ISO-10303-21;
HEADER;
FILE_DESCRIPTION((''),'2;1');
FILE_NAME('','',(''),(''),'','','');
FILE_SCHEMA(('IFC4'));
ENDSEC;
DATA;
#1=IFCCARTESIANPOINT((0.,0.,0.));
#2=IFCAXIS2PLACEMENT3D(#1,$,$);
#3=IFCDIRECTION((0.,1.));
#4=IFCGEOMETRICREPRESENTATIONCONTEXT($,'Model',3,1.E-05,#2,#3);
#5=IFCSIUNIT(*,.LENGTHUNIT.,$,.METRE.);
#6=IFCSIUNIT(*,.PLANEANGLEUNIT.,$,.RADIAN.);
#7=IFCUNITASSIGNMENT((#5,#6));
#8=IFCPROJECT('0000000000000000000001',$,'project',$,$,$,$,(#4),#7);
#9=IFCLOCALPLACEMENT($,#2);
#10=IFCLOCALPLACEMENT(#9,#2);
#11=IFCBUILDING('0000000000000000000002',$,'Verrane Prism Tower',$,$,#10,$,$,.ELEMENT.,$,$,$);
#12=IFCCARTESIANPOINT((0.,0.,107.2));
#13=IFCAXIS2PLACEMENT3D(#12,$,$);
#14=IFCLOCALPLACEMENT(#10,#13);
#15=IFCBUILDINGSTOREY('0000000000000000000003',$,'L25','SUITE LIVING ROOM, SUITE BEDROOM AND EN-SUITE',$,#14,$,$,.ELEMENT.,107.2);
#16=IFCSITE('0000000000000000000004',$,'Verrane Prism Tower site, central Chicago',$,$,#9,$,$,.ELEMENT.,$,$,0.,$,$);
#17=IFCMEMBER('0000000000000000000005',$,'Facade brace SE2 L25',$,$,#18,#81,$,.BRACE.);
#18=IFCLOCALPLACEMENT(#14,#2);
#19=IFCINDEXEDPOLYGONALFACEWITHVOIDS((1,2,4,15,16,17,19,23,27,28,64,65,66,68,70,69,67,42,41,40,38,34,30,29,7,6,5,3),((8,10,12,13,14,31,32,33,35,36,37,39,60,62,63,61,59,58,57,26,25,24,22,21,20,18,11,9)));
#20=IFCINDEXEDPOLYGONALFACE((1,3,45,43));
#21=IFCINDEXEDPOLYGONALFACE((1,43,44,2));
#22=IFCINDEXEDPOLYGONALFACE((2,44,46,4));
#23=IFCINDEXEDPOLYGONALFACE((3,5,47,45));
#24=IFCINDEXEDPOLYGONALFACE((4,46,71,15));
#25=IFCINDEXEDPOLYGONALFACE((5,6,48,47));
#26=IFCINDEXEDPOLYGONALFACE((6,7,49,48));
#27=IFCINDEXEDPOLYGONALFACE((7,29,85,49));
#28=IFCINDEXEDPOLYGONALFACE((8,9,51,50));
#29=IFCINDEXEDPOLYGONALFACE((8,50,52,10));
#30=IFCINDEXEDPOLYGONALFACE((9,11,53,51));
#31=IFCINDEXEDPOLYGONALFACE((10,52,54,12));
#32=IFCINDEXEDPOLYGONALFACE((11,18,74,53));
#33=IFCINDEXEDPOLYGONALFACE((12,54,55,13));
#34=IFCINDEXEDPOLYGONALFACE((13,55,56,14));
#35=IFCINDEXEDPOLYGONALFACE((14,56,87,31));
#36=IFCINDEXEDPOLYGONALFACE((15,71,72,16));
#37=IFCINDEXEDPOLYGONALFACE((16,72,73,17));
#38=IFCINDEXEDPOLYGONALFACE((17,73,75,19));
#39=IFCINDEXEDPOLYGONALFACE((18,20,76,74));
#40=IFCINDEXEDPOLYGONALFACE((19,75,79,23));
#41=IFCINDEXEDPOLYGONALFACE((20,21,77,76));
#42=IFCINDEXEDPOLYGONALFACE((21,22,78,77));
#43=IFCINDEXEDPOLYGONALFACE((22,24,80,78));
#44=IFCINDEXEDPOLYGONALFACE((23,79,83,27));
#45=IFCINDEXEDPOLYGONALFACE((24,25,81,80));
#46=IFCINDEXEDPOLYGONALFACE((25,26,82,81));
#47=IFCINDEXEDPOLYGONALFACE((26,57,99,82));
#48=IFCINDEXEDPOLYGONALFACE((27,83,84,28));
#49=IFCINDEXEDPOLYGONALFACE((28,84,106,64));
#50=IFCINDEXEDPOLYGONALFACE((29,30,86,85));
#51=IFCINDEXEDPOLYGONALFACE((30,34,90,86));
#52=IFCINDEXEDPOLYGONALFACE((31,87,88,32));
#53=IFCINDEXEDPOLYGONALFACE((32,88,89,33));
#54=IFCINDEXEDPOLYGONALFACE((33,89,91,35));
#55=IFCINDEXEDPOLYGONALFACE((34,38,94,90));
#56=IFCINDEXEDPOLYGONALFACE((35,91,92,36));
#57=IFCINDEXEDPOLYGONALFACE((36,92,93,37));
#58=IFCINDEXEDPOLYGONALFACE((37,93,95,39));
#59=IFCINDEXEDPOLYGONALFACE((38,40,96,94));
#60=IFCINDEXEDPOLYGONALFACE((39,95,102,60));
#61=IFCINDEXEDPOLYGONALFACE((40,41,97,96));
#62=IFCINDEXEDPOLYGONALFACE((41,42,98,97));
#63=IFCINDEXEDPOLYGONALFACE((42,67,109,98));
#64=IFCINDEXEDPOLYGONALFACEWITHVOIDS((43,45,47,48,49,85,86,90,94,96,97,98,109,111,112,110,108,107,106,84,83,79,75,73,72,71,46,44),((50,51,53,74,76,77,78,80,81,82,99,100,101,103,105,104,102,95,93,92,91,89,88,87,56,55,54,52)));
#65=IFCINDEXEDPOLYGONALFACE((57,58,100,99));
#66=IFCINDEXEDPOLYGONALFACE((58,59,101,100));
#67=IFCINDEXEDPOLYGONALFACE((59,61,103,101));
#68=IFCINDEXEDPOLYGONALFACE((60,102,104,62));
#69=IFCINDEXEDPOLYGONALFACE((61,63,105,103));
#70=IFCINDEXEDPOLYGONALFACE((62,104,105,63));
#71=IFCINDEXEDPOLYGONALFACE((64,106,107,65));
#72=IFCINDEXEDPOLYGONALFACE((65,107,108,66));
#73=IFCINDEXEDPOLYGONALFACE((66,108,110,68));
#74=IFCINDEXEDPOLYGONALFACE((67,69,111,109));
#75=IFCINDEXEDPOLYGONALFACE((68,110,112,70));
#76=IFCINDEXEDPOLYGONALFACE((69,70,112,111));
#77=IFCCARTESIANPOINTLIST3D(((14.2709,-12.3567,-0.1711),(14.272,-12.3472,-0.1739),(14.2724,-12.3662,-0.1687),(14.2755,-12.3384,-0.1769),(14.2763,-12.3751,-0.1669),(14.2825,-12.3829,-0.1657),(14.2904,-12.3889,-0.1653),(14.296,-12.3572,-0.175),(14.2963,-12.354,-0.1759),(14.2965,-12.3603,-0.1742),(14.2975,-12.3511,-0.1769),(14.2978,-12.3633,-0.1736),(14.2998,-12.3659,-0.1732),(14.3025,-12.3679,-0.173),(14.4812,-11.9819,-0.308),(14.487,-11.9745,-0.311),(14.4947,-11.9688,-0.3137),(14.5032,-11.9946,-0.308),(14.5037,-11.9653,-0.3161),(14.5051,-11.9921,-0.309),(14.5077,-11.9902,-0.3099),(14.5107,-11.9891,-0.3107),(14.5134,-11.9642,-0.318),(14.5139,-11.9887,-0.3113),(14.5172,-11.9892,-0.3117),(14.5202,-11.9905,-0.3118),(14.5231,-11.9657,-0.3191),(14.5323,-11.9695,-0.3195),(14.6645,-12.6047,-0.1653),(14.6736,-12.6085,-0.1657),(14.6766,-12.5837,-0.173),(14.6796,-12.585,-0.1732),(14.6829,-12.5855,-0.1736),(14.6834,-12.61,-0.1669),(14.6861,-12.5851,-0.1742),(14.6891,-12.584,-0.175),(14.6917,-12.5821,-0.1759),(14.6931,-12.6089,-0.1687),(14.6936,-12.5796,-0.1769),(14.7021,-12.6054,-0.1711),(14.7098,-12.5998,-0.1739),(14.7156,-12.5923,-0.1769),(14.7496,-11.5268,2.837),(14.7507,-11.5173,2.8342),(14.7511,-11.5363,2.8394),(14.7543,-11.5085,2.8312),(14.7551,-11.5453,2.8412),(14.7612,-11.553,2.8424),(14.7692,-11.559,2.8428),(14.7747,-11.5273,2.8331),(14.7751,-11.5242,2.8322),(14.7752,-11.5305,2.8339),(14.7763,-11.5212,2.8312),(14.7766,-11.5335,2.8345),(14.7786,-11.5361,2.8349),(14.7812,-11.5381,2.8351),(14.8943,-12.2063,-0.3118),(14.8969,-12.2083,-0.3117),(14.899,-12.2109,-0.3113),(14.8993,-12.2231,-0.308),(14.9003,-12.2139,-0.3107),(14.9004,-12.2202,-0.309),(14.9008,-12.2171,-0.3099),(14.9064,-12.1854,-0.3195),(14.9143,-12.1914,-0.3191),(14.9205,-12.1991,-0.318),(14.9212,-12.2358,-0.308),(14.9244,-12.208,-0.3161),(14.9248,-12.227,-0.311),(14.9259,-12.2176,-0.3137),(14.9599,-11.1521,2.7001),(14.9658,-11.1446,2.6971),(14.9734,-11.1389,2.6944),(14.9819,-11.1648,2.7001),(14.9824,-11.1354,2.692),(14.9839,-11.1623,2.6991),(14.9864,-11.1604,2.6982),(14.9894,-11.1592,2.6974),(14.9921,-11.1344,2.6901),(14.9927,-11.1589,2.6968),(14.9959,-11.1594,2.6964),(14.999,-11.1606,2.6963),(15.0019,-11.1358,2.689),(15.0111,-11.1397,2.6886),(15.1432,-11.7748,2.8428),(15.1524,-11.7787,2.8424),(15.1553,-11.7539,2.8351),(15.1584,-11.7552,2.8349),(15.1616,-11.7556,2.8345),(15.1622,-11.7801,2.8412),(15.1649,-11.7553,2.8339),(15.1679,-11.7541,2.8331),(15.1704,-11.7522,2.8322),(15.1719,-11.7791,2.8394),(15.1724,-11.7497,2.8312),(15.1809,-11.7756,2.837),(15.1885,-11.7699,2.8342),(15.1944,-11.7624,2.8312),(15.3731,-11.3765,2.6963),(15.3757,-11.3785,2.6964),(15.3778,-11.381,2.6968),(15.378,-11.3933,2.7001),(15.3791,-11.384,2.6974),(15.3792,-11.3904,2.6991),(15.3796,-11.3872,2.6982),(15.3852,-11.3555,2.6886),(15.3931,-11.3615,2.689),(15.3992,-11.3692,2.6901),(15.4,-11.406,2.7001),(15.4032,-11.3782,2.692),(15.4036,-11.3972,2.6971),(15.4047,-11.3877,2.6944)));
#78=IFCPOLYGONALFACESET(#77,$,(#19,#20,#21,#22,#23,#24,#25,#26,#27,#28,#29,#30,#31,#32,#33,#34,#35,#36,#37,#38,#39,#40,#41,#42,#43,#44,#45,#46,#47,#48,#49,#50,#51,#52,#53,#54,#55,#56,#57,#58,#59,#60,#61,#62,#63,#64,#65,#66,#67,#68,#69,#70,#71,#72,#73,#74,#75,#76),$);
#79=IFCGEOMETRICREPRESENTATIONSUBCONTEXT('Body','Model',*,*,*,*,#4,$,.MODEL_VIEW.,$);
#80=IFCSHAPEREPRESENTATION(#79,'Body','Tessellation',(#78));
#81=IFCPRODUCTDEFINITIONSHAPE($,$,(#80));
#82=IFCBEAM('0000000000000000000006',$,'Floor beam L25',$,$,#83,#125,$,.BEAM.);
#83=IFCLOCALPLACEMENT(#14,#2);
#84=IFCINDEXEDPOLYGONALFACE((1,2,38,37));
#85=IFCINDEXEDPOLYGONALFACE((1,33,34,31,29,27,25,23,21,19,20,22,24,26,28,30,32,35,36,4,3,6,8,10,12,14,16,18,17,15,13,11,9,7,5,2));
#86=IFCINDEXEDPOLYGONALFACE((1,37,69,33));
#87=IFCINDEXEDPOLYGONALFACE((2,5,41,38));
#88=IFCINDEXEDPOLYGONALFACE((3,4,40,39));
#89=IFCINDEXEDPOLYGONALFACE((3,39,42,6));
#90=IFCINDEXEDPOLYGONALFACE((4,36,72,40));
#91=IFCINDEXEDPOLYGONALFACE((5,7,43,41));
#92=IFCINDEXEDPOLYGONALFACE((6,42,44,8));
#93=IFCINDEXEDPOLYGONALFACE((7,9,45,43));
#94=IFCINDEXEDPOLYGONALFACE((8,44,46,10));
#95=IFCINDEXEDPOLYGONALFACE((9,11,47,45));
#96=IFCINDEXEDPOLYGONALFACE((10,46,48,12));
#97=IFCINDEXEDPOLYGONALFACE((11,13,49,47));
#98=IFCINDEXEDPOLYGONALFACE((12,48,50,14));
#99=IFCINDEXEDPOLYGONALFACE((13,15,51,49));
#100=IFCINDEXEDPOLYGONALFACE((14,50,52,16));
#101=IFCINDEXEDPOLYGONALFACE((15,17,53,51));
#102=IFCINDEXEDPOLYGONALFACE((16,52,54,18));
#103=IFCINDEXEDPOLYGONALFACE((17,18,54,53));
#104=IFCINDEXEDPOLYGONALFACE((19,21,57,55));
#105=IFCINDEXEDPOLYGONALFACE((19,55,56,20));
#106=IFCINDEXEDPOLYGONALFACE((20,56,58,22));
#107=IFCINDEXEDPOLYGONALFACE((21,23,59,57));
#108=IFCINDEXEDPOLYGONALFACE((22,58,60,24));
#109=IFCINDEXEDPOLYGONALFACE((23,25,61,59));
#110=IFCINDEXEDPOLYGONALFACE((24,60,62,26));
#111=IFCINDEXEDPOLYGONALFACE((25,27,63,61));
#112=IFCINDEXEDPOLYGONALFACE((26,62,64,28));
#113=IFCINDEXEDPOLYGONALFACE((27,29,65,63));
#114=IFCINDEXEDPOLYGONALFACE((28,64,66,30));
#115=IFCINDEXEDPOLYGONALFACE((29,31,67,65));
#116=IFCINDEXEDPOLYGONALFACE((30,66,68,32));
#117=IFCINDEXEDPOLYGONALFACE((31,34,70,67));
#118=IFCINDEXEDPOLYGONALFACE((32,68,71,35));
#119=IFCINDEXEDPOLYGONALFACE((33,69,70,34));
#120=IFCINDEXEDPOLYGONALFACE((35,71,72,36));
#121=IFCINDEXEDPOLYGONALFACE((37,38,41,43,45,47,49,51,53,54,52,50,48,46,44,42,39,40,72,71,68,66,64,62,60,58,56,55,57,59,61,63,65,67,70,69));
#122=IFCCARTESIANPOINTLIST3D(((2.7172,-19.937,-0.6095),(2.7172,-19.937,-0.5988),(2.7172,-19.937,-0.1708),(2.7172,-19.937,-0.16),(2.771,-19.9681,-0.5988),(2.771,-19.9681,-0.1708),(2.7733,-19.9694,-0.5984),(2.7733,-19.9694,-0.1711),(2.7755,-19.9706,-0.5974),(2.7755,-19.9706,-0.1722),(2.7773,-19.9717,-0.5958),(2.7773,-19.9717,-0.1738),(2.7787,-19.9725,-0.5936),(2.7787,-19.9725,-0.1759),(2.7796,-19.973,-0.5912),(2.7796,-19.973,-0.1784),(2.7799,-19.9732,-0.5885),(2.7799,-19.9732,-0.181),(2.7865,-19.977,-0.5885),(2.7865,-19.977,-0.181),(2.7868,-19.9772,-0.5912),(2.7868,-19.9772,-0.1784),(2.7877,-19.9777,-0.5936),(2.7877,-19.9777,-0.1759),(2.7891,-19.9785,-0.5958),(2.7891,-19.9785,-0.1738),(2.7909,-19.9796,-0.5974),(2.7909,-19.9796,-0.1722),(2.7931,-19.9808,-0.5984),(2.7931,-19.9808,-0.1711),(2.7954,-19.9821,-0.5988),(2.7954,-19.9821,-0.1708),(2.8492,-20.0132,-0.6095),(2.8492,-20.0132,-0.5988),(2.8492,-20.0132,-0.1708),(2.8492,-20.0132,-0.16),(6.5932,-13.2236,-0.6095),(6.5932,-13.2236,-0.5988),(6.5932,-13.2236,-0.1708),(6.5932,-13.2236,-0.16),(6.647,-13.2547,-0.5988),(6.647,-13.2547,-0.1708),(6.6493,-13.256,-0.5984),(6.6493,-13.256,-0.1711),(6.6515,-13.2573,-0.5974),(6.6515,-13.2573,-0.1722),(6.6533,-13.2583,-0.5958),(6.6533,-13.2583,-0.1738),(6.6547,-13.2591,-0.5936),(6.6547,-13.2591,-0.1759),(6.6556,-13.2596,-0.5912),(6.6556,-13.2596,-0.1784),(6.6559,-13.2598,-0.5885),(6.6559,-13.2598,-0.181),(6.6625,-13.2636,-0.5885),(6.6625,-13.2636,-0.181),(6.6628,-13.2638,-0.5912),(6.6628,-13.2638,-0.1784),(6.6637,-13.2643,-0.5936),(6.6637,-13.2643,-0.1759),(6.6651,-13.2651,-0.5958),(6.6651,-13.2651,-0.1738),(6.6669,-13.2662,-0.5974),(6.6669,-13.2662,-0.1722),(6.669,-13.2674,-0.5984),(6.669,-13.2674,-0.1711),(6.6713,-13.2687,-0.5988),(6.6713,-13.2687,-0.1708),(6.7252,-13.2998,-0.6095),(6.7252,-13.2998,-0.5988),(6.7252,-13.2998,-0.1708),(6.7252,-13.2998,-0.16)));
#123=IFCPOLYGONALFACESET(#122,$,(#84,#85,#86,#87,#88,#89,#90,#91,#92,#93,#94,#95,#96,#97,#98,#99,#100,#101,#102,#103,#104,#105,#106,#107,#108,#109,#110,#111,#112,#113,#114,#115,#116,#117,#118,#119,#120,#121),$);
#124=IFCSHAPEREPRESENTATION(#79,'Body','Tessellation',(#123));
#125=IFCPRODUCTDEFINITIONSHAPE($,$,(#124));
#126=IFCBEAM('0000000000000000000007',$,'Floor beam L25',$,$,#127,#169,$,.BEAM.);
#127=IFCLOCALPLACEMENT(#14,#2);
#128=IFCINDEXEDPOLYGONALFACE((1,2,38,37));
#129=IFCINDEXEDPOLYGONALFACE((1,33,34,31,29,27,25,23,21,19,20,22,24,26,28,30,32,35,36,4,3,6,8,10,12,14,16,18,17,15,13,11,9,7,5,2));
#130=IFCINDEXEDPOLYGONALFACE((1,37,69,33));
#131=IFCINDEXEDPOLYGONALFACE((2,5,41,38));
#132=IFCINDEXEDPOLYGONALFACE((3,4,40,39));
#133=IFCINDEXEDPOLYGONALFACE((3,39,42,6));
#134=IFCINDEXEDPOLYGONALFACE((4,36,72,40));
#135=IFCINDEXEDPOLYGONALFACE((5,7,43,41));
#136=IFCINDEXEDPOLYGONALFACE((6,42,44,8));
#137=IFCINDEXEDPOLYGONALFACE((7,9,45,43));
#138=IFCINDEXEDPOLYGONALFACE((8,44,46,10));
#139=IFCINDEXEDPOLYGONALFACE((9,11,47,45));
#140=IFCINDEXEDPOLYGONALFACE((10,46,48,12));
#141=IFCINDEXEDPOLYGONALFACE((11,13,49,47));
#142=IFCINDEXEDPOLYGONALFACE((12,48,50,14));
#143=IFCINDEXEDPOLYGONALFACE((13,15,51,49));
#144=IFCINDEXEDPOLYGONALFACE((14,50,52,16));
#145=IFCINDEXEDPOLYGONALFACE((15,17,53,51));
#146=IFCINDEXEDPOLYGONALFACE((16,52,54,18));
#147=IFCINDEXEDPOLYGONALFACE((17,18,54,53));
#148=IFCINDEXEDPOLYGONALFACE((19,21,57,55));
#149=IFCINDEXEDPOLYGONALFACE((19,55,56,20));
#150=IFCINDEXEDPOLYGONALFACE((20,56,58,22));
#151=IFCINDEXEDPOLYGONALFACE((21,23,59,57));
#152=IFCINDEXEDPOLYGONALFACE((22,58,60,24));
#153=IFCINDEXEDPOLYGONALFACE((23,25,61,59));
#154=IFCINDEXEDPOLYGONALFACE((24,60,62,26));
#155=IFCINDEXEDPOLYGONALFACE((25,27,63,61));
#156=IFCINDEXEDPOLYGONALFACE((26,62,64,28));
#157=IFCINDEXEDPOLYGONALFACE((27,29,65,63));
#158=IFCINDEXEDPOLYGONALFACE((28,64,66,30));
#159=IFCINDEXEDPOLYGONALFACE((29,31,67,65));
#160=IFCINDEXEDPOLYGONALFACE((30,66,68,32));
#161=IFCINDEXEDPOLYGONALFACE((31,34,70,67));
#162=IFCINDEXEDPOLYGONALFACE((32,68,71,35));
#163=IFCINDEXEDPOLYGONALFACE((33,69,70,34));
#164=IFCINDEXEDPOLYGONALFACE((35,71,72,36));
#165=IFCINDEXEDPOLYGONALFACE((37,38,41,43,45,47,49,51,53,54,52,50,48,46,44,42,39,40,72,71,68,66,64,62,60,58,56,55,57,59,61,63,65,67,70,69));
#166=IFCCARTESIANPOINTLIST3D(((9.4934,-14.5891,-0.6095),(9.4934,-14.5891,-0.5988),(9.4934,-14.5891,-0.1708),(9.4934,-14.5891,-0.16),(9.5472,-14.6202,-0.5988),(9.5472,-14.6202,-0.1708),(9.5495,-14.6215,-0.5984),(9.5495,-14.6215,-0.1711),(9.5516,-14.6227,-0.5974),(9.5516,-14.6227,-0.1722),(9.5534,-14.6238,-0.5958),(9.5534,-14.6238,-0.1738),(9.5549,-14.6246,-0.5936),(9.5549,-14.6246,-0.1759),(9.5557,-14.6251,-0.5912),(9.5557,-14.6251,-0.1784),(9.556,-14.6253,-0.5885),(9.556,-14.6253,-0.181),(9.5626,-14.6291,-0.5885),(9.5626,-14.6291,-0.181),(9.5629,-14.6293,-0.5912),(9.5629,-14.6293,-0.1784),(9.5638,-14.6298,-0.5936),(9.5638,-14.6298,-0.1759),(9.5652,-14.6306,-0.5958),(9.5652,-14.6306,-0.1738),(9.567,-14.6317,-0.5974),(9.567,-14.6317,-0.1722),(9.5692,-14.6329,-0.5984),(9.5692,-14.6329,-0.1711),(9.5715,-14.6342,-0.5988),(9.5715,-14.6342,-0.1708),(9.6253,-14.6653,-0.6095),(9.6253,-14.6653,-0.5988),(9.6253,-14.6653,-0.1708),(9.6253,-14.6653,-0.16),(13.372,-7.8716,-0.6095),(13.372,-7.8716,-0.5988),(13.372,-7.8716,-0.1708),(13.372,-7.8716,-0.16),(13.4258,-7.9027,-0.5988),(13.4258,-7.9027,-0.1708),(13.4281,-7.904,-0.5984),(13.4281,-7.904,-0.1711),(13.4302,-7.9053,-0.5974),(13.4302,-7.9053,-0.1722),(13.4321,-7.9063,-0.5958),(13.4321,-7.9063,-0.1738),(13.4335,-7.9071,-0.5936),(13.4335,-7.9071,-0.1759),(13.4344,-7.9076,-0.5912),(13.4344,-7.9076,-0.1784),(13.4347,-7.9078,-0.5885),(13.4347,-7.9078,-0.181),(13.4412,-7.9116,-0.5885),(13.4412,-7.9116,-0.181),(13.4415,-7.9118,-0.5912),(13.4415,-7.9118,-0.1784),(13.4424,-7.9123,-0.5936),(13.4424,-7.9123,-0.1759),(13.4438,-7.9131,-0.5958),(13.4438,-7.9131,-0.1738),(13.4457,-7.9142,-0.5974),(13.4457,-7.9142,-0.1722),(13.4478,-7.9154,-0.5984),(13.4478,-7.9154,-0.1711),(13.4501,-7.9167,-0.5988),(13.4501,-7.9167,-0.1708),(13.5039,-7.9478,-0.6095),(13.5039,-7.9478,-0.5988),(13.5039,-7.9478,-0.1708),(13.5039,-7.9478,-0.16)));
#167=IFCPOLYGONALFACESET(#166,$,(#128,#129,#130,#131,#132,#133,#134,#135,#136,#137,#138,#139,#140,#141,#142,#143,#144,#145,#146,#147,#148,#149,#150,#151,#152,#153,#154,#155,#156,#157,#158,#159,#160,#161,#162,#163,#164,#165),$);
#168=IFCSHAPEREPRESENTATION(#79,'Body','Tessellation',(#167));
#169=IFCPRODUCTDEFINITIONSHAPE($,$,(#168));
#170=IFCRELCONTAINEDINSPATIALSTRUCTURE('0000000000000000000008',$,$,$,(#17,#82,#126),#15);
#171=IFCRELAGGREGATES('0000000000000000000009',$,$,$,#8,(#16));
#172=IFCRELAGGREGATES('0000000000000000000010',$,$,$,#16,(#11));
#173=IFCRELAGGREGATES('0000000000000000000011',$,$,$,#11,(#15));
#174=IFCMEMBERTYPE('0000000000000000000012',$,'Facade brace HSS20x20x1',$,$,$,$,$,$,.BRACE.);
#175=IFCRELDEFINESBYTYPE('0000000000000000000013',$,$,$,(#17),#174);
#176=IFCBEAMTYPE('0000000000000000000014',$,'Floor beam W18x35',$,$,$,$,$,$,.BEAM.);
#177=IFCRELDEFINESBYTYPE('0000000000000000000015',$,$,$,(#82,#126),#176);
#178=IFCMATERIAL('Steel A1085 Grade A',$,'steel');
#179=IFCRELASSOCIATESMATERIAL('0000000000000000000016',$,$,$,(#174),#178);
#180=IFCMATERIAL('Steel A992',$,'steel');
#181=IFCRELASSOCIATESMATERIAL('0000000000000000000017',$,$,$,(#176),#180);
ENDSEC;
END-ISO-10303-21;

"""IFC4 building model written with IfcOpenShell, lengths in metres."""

from ifc_helpers import new_model, si_unit, direction, frame, origin, origin_2d, place, context, subcontext, project, spatial, hollow_rectangle, i_section, extrude, material, material_profile, profile_set, type_object, element, save


model = new_model("IFC4")

# Units and contexts
model_context = context("Model", 3, precision=1e-05, world=origin(), true_north=direction((0.0, 1.0)))
body_context = subcontext(model_context, "Body", "Model", "MODEL_VIEW")
ifc_project = project(units=[si_unit("LENGTHUNIT", "METRE"), si_unit("PLANEANGLEUNIT", "RADIAN")], contexts=[model_context])

# Site, building, storey
site_placement = place(None, origin())
site = spatial("IfcSite", under=ifc_project, at=site_placement, Name="Verrane Prism Tower site, central Chicago", CompositionType="ELEMENT", RefElevation=0.0)
building_placement = place(site_placement, origin())
building = spatial("IfcBuilding", under=site, at=building_placement, Name="Verrane Prism Tower", CompositionType="ELEMENT")
storey_placement = place(building_placement, frame((0.0, 0.0, 107.2)))
storey = spatial("IfcBuildingStorey", under=building, at=storey_placement, Name="L25", Description="SUITE LIVING ROOM, SUITE BEDROOM AND EN-SUITE", CompositionType="ELEMENT", Elevation=107.2)

# Member
ifc_material_1 = material(Name="Steel A1085 Grade A", Category="steel")
ifc_material_profile_1 = material_profile(ifc_material_1, hollow_rectangle(XDim=0.5081, YDim=0.5081, WallThickness=0.0254, InnerFilletRadius=0.0127, OuterFilletRadius=0.0381, at=origin_2d()), Name="HSS20x20x1")
ifc_profile_set_1 = profile_set([ifc_material_profile_1], Name="Steel A1085 Grade A")
member_type_1 = type_object("IfcMemberType", Name="Facade brace HSS20x20x1", PredefinedType="BRACE", material=ifc_profile_set_1)
member_1_placement = place(storey_placement, frame((14.5984, -12.2871, -0.2424), z_axis=(0.151653, 0.262861, 0.952841), x_axis=(-0.866181, 0.49973, 0.0)))
element("IfcMember", 1, at=member_1_placement, inside=storey, type_object=member_type_1, Name="Facade brace SE2 L25", PredefinedType="BRACE", context=body_context, shape_type="SweptSolid", body=[
    extrude(hollow_rectangle(XDim=0.5081, YDim=0.5081, WallThickness=0.0254, InnerFilletRadius=0.0127, OuterFilletRadius=0.0381, at=origin_2d()), origin(), (0.0, 0.0, 1.0), 3.157),
])

# Beams
ifc_material_2 = material(Name="Steel A992", Category="steel")
ifc_material_profile_2 = material_profile(ifc_material_2, i_section(OverallWidth=0.1523, OverallDepth=0.4495, WebThickness=0.0076, FlangeThickness=0.0107, FilletRadius=0.0103, at=origin_2d()), Name="W18x35")
ifc_profile_set_2 = profile_set([ifc_material_profile_2], Name="Steel A992")
beam_type_1 = type_object("IfcBeamType", Name="Floor beam W18x35", PredefinedType="BEAM", material=ifc_profile_set_2)
beam_1_placement = place(storey_placement, frame((2.7832, -19.9751, -0.3848), z_axis=(0.500001, 0.866025, 0.0), x_axis=(-0.866025, 0.500001, 0.0)))
element("IfcBeam", 2, at=beam_1_placement, inside=storey, type_object=beam_type_1, Name="Floor beam L25", PredefinedType="BEAM", context=body_context, shape_type="SweptSolid", body=[
    extrude(i_section(OverallWidth=0.1523, OverallDepth=0.4495, WebThickness=0.0076, FlangeThickness=0.0107, FilletRadius=0.0103, at=origin_2d()), origin(), (0.0, 0.0, 1.0), 7.752),
])
for number, where, z_axis, x_axis, name in (
    (3, (9.5593, -14.6272, -0.3848), (0.500028, 0.866009, 0.0), (-0.866009, 0.500028, 0.0), "Floor beam L25"),
):
    element("IfcBeam", number, at=place(storey_placement, frame(where, z_axis=z_axis, x_axis=x_axis)), inside=storey, type_object=beam_type_1, Name=name, PredefinedType="BEAM", context=body_context, shape_type="SweptSolid", body=[
        extrude(i_section(OverallWidth=0.1523, OverallDepth=0.4495, WebThickness=0.0076, FlangeThickness=0.0107, FilletRadius=0.0103, at=origin_2d()), origin(), (0.0, 0.0, 1.0), 7.7568),
    ])

save(model, "model.ifc")
